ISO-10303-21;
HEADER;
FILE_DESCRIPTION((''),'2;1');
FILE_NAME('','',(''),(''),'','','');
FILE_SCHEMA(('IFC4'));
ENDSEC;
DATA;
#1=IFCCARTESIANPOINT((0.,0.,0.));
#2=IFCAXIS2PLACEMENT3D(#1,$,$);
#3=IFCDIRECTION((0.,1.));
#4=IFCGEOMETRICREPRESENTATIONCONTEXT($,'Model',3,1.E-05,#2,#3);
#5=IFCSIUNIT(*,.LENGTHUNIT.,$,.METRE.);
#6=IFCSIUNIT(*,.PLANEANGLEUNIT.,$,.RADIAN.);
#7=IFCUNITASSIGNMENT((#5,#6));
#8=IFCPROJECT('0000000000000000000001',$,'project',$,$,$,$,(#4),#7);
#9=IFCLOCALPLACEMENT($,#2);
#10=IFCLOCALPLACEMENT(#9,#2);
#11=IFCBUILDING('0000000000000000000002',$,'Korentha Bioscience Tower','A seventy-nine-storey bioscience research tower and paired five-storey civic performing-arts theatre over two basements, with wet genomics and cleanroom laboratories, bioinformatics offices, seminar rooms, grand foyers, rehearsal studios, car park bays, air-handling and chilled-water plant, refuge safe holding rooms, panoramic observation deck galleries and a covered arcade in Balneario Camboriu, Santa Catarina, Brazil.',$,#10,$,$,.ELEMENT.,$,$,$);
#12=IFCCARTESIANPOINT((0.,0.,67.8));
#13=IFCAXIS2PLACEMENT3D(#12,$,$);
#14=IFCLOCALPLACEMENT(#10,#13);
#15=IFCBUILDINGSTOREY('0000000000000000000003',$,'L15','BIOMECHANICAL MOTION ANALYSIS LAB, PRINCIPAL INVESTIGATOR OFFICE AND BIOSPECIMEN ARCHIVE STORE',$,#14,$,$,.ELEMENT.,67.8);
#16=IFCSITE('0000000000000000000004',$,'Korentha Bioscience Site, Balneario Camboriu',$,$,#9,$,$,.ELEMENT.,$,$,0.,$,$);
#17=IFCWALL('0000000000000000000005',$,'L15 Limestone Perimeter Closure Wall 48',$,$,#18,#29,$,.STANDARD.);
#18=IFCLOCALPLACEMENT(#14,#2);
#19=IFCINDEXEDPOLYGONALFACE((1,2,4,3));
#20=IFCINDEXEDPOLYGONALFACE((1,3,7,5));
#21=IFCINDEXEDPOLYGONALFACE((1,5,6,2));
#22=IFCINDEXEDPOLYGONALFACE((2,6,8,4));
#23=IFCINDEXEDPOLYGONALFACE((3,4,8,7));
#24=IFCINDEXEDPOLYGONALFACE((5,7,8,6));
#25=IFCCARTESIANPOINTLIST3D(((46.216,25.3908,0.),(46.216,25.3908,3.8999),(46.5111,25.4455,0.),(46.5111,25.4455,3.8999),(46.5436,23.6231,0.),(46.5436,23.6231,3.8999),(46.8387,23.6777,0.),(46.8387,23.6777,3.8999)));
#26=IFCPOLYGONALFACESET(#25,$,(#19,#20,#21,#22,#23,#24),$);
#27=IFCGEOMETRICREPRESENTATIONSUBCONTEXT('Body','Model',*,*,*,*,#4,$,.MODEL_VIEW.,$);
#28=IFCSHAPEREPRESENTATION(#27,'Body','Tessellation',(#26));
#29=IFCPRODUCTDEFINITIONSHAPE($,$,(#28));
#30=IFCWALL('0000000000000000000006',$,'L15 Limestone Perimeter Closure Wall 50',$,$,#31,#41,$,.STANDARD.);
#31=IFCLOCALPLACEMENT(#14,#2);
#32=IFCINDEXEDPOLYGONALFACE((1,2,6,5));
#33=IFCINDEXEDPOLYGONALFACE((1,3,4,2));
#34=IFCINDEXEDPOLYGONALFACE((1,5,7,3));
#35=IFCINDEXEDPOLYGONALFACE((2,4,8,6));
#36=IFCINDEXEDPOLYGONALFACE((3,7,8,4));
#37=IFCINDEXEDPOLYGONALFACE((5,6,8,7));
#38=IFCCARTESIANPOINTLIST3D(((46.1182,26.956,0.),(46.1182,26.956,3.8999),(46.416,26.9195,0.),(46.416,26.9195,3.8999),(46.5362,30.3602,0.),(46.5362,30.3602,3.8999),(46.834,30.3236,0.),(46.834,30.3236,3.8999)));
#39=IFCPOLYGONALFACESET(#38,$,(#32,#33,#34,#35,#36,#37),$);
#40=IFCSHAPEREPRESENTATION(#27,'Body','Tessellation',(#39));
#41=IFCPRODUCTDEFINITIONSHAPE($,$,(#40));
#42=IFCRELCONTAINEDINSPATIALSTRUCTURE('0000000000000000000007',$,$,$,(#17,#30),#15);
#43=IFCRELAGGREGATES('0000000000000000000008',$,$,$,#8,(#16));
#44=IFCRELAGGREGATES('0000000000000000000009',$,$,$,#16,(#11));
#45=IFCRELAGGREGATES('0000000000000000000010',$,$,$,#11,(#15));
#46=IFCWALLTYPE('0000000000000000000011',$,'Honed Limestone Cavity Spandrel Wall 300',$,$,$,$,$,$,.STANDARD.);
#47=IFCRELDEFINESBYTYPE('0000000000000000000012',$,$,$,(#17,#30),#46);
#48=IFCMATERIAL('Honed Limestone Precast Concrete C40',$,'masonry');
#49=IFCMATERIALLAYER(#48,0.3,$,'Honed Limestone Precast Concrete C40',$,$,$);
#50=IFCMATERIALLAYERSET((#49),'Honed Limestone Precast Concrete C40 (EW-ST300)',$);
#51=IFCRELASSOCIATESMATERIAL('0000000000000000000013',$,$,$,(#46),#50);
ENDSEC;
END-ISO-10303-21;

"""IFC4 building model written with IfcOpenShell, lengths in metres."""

from ifc_helpers import new_model, si_unit, direction, frame, frame_2d, origin, place, context, subcontext, project, spatial, rectangle, extrude, material, layer, layer_set, type_object, element, save


model = new_model("IFC4")

# Units and contexts
model_context = context("Model", 3, precision=1e-05, world=origin(), true_north=direction((0.0, 1.0)))
body_context = subcontext(model_context, "Body", "Model", "MODEL_VIEW")
ifc_project = project(units=[si_unit("LENGTHUNIT", "METRE"), si_unit("PLANEANGLEUNIT", "RADIAN")], contexts=[model_context])

# Site, building, storey
site_placement = place(None, origin())
site = spatial("IfcSite", under=ifc_project, at=site_placement, Name="Korentha Bioscience Site, Balneario Camboriu", CompositionType="ELEMENT", RefElevation=0.0)
building_placement = place(site_placement, origin())
building = spatial("IfcBuilding", under=site, at=building_placement, Name="Korentha Bioscience Tower", Description="A seventy-nine-storey bioscience research tower and paired five-storey civic performing-arts theatre over two basements, with wet genomics and cleanroom laboratories, bioinformatics offices, seminar rooms, grand foyers, rehearsal studios, car park bays, air-handling and chilled-water plant, refuge safe holding rooms, panoramic observation deck galleries and a covered arcade in Balneario Camboriu, Santa Catarina, Brazil.", CompositionType="ELEMENT")
storey_placement = place(building_placement, frame((0.0, 0.0, 67.8)))
storey = spatial("IfcBuildingStorey", under=building, at=storey_placement, Name="L15", Description="BIOMECHANICAL MOTION ANALYSIS LAB, PRINCIPAL INVESTIGATOR OFFICE AND BIOSPECIMEN ARCHIVE STORE", CompositionType="ELEMENT", Elevation=67.8)

# Walls
ifc_material_1 = material(Name="Honed Limestone Precast Concrete C40", Category="masonry")
ifc_layer_1 = layer(ifc_material_1, 0.3, Name="Honed Limestone Precast Concrete C40")
ifc_layer_set_1 = layer_set([ifc_layer_1], Name="Honed Limestone Precast Concrete C40 (EW-ST300)")
wall_type_1 = type_object("IfcWallType", Name="Honed Limestone Cavity Spandrel Wall 300", PredefinedType="STANDARD", material=ifc_layer_set_1)
wall_1_placement = place(storey_placement, frame((46.6912, 23.6504, 0.0), z_axis=(0.0, 0.0, 1.0), x_axis=(-0.18223, 0.983256, 0.0)))
element("IfcWall", 1, at=wall_1_placement, inside=storey, type_object=wall_type_1, Name="L15 Limestone Perimeter Closure Wall 48", PredefinedType="STANDARD", context=body_context, shape_type="SweptSolid", body=[
    extrude(rectangle(XDim=1.7979, YDim=0.3, at=frame_2d((0.8989, 0.0))), origin(), (0.0, 0.0, 1.0), 3.8999),
])
wall_2_placement = place(storey_placement, frame((46.2671, 26.9377, 0.0), z_axis=(0.0, 0.0, 1.0), x_axis=(0.12187, 0.992546, 0.0)))
element("IfcWall", 2, at=wall_2_placement, inside=storey, type_object=wall_type_1, Name="L15 Limestone Perimeter Closure Wall 50", PredefinedType="STANDARD", context=body_context, shape_type="SweptSolid", body=[
    extrude(rectangle(XDim=3.4297, YDim=0.3, at=frame_2d((1.7148, 0.0))), origin(), (0.0, 0.0, 1.0), 3.8999),
])

save(model, "model.ifc")
